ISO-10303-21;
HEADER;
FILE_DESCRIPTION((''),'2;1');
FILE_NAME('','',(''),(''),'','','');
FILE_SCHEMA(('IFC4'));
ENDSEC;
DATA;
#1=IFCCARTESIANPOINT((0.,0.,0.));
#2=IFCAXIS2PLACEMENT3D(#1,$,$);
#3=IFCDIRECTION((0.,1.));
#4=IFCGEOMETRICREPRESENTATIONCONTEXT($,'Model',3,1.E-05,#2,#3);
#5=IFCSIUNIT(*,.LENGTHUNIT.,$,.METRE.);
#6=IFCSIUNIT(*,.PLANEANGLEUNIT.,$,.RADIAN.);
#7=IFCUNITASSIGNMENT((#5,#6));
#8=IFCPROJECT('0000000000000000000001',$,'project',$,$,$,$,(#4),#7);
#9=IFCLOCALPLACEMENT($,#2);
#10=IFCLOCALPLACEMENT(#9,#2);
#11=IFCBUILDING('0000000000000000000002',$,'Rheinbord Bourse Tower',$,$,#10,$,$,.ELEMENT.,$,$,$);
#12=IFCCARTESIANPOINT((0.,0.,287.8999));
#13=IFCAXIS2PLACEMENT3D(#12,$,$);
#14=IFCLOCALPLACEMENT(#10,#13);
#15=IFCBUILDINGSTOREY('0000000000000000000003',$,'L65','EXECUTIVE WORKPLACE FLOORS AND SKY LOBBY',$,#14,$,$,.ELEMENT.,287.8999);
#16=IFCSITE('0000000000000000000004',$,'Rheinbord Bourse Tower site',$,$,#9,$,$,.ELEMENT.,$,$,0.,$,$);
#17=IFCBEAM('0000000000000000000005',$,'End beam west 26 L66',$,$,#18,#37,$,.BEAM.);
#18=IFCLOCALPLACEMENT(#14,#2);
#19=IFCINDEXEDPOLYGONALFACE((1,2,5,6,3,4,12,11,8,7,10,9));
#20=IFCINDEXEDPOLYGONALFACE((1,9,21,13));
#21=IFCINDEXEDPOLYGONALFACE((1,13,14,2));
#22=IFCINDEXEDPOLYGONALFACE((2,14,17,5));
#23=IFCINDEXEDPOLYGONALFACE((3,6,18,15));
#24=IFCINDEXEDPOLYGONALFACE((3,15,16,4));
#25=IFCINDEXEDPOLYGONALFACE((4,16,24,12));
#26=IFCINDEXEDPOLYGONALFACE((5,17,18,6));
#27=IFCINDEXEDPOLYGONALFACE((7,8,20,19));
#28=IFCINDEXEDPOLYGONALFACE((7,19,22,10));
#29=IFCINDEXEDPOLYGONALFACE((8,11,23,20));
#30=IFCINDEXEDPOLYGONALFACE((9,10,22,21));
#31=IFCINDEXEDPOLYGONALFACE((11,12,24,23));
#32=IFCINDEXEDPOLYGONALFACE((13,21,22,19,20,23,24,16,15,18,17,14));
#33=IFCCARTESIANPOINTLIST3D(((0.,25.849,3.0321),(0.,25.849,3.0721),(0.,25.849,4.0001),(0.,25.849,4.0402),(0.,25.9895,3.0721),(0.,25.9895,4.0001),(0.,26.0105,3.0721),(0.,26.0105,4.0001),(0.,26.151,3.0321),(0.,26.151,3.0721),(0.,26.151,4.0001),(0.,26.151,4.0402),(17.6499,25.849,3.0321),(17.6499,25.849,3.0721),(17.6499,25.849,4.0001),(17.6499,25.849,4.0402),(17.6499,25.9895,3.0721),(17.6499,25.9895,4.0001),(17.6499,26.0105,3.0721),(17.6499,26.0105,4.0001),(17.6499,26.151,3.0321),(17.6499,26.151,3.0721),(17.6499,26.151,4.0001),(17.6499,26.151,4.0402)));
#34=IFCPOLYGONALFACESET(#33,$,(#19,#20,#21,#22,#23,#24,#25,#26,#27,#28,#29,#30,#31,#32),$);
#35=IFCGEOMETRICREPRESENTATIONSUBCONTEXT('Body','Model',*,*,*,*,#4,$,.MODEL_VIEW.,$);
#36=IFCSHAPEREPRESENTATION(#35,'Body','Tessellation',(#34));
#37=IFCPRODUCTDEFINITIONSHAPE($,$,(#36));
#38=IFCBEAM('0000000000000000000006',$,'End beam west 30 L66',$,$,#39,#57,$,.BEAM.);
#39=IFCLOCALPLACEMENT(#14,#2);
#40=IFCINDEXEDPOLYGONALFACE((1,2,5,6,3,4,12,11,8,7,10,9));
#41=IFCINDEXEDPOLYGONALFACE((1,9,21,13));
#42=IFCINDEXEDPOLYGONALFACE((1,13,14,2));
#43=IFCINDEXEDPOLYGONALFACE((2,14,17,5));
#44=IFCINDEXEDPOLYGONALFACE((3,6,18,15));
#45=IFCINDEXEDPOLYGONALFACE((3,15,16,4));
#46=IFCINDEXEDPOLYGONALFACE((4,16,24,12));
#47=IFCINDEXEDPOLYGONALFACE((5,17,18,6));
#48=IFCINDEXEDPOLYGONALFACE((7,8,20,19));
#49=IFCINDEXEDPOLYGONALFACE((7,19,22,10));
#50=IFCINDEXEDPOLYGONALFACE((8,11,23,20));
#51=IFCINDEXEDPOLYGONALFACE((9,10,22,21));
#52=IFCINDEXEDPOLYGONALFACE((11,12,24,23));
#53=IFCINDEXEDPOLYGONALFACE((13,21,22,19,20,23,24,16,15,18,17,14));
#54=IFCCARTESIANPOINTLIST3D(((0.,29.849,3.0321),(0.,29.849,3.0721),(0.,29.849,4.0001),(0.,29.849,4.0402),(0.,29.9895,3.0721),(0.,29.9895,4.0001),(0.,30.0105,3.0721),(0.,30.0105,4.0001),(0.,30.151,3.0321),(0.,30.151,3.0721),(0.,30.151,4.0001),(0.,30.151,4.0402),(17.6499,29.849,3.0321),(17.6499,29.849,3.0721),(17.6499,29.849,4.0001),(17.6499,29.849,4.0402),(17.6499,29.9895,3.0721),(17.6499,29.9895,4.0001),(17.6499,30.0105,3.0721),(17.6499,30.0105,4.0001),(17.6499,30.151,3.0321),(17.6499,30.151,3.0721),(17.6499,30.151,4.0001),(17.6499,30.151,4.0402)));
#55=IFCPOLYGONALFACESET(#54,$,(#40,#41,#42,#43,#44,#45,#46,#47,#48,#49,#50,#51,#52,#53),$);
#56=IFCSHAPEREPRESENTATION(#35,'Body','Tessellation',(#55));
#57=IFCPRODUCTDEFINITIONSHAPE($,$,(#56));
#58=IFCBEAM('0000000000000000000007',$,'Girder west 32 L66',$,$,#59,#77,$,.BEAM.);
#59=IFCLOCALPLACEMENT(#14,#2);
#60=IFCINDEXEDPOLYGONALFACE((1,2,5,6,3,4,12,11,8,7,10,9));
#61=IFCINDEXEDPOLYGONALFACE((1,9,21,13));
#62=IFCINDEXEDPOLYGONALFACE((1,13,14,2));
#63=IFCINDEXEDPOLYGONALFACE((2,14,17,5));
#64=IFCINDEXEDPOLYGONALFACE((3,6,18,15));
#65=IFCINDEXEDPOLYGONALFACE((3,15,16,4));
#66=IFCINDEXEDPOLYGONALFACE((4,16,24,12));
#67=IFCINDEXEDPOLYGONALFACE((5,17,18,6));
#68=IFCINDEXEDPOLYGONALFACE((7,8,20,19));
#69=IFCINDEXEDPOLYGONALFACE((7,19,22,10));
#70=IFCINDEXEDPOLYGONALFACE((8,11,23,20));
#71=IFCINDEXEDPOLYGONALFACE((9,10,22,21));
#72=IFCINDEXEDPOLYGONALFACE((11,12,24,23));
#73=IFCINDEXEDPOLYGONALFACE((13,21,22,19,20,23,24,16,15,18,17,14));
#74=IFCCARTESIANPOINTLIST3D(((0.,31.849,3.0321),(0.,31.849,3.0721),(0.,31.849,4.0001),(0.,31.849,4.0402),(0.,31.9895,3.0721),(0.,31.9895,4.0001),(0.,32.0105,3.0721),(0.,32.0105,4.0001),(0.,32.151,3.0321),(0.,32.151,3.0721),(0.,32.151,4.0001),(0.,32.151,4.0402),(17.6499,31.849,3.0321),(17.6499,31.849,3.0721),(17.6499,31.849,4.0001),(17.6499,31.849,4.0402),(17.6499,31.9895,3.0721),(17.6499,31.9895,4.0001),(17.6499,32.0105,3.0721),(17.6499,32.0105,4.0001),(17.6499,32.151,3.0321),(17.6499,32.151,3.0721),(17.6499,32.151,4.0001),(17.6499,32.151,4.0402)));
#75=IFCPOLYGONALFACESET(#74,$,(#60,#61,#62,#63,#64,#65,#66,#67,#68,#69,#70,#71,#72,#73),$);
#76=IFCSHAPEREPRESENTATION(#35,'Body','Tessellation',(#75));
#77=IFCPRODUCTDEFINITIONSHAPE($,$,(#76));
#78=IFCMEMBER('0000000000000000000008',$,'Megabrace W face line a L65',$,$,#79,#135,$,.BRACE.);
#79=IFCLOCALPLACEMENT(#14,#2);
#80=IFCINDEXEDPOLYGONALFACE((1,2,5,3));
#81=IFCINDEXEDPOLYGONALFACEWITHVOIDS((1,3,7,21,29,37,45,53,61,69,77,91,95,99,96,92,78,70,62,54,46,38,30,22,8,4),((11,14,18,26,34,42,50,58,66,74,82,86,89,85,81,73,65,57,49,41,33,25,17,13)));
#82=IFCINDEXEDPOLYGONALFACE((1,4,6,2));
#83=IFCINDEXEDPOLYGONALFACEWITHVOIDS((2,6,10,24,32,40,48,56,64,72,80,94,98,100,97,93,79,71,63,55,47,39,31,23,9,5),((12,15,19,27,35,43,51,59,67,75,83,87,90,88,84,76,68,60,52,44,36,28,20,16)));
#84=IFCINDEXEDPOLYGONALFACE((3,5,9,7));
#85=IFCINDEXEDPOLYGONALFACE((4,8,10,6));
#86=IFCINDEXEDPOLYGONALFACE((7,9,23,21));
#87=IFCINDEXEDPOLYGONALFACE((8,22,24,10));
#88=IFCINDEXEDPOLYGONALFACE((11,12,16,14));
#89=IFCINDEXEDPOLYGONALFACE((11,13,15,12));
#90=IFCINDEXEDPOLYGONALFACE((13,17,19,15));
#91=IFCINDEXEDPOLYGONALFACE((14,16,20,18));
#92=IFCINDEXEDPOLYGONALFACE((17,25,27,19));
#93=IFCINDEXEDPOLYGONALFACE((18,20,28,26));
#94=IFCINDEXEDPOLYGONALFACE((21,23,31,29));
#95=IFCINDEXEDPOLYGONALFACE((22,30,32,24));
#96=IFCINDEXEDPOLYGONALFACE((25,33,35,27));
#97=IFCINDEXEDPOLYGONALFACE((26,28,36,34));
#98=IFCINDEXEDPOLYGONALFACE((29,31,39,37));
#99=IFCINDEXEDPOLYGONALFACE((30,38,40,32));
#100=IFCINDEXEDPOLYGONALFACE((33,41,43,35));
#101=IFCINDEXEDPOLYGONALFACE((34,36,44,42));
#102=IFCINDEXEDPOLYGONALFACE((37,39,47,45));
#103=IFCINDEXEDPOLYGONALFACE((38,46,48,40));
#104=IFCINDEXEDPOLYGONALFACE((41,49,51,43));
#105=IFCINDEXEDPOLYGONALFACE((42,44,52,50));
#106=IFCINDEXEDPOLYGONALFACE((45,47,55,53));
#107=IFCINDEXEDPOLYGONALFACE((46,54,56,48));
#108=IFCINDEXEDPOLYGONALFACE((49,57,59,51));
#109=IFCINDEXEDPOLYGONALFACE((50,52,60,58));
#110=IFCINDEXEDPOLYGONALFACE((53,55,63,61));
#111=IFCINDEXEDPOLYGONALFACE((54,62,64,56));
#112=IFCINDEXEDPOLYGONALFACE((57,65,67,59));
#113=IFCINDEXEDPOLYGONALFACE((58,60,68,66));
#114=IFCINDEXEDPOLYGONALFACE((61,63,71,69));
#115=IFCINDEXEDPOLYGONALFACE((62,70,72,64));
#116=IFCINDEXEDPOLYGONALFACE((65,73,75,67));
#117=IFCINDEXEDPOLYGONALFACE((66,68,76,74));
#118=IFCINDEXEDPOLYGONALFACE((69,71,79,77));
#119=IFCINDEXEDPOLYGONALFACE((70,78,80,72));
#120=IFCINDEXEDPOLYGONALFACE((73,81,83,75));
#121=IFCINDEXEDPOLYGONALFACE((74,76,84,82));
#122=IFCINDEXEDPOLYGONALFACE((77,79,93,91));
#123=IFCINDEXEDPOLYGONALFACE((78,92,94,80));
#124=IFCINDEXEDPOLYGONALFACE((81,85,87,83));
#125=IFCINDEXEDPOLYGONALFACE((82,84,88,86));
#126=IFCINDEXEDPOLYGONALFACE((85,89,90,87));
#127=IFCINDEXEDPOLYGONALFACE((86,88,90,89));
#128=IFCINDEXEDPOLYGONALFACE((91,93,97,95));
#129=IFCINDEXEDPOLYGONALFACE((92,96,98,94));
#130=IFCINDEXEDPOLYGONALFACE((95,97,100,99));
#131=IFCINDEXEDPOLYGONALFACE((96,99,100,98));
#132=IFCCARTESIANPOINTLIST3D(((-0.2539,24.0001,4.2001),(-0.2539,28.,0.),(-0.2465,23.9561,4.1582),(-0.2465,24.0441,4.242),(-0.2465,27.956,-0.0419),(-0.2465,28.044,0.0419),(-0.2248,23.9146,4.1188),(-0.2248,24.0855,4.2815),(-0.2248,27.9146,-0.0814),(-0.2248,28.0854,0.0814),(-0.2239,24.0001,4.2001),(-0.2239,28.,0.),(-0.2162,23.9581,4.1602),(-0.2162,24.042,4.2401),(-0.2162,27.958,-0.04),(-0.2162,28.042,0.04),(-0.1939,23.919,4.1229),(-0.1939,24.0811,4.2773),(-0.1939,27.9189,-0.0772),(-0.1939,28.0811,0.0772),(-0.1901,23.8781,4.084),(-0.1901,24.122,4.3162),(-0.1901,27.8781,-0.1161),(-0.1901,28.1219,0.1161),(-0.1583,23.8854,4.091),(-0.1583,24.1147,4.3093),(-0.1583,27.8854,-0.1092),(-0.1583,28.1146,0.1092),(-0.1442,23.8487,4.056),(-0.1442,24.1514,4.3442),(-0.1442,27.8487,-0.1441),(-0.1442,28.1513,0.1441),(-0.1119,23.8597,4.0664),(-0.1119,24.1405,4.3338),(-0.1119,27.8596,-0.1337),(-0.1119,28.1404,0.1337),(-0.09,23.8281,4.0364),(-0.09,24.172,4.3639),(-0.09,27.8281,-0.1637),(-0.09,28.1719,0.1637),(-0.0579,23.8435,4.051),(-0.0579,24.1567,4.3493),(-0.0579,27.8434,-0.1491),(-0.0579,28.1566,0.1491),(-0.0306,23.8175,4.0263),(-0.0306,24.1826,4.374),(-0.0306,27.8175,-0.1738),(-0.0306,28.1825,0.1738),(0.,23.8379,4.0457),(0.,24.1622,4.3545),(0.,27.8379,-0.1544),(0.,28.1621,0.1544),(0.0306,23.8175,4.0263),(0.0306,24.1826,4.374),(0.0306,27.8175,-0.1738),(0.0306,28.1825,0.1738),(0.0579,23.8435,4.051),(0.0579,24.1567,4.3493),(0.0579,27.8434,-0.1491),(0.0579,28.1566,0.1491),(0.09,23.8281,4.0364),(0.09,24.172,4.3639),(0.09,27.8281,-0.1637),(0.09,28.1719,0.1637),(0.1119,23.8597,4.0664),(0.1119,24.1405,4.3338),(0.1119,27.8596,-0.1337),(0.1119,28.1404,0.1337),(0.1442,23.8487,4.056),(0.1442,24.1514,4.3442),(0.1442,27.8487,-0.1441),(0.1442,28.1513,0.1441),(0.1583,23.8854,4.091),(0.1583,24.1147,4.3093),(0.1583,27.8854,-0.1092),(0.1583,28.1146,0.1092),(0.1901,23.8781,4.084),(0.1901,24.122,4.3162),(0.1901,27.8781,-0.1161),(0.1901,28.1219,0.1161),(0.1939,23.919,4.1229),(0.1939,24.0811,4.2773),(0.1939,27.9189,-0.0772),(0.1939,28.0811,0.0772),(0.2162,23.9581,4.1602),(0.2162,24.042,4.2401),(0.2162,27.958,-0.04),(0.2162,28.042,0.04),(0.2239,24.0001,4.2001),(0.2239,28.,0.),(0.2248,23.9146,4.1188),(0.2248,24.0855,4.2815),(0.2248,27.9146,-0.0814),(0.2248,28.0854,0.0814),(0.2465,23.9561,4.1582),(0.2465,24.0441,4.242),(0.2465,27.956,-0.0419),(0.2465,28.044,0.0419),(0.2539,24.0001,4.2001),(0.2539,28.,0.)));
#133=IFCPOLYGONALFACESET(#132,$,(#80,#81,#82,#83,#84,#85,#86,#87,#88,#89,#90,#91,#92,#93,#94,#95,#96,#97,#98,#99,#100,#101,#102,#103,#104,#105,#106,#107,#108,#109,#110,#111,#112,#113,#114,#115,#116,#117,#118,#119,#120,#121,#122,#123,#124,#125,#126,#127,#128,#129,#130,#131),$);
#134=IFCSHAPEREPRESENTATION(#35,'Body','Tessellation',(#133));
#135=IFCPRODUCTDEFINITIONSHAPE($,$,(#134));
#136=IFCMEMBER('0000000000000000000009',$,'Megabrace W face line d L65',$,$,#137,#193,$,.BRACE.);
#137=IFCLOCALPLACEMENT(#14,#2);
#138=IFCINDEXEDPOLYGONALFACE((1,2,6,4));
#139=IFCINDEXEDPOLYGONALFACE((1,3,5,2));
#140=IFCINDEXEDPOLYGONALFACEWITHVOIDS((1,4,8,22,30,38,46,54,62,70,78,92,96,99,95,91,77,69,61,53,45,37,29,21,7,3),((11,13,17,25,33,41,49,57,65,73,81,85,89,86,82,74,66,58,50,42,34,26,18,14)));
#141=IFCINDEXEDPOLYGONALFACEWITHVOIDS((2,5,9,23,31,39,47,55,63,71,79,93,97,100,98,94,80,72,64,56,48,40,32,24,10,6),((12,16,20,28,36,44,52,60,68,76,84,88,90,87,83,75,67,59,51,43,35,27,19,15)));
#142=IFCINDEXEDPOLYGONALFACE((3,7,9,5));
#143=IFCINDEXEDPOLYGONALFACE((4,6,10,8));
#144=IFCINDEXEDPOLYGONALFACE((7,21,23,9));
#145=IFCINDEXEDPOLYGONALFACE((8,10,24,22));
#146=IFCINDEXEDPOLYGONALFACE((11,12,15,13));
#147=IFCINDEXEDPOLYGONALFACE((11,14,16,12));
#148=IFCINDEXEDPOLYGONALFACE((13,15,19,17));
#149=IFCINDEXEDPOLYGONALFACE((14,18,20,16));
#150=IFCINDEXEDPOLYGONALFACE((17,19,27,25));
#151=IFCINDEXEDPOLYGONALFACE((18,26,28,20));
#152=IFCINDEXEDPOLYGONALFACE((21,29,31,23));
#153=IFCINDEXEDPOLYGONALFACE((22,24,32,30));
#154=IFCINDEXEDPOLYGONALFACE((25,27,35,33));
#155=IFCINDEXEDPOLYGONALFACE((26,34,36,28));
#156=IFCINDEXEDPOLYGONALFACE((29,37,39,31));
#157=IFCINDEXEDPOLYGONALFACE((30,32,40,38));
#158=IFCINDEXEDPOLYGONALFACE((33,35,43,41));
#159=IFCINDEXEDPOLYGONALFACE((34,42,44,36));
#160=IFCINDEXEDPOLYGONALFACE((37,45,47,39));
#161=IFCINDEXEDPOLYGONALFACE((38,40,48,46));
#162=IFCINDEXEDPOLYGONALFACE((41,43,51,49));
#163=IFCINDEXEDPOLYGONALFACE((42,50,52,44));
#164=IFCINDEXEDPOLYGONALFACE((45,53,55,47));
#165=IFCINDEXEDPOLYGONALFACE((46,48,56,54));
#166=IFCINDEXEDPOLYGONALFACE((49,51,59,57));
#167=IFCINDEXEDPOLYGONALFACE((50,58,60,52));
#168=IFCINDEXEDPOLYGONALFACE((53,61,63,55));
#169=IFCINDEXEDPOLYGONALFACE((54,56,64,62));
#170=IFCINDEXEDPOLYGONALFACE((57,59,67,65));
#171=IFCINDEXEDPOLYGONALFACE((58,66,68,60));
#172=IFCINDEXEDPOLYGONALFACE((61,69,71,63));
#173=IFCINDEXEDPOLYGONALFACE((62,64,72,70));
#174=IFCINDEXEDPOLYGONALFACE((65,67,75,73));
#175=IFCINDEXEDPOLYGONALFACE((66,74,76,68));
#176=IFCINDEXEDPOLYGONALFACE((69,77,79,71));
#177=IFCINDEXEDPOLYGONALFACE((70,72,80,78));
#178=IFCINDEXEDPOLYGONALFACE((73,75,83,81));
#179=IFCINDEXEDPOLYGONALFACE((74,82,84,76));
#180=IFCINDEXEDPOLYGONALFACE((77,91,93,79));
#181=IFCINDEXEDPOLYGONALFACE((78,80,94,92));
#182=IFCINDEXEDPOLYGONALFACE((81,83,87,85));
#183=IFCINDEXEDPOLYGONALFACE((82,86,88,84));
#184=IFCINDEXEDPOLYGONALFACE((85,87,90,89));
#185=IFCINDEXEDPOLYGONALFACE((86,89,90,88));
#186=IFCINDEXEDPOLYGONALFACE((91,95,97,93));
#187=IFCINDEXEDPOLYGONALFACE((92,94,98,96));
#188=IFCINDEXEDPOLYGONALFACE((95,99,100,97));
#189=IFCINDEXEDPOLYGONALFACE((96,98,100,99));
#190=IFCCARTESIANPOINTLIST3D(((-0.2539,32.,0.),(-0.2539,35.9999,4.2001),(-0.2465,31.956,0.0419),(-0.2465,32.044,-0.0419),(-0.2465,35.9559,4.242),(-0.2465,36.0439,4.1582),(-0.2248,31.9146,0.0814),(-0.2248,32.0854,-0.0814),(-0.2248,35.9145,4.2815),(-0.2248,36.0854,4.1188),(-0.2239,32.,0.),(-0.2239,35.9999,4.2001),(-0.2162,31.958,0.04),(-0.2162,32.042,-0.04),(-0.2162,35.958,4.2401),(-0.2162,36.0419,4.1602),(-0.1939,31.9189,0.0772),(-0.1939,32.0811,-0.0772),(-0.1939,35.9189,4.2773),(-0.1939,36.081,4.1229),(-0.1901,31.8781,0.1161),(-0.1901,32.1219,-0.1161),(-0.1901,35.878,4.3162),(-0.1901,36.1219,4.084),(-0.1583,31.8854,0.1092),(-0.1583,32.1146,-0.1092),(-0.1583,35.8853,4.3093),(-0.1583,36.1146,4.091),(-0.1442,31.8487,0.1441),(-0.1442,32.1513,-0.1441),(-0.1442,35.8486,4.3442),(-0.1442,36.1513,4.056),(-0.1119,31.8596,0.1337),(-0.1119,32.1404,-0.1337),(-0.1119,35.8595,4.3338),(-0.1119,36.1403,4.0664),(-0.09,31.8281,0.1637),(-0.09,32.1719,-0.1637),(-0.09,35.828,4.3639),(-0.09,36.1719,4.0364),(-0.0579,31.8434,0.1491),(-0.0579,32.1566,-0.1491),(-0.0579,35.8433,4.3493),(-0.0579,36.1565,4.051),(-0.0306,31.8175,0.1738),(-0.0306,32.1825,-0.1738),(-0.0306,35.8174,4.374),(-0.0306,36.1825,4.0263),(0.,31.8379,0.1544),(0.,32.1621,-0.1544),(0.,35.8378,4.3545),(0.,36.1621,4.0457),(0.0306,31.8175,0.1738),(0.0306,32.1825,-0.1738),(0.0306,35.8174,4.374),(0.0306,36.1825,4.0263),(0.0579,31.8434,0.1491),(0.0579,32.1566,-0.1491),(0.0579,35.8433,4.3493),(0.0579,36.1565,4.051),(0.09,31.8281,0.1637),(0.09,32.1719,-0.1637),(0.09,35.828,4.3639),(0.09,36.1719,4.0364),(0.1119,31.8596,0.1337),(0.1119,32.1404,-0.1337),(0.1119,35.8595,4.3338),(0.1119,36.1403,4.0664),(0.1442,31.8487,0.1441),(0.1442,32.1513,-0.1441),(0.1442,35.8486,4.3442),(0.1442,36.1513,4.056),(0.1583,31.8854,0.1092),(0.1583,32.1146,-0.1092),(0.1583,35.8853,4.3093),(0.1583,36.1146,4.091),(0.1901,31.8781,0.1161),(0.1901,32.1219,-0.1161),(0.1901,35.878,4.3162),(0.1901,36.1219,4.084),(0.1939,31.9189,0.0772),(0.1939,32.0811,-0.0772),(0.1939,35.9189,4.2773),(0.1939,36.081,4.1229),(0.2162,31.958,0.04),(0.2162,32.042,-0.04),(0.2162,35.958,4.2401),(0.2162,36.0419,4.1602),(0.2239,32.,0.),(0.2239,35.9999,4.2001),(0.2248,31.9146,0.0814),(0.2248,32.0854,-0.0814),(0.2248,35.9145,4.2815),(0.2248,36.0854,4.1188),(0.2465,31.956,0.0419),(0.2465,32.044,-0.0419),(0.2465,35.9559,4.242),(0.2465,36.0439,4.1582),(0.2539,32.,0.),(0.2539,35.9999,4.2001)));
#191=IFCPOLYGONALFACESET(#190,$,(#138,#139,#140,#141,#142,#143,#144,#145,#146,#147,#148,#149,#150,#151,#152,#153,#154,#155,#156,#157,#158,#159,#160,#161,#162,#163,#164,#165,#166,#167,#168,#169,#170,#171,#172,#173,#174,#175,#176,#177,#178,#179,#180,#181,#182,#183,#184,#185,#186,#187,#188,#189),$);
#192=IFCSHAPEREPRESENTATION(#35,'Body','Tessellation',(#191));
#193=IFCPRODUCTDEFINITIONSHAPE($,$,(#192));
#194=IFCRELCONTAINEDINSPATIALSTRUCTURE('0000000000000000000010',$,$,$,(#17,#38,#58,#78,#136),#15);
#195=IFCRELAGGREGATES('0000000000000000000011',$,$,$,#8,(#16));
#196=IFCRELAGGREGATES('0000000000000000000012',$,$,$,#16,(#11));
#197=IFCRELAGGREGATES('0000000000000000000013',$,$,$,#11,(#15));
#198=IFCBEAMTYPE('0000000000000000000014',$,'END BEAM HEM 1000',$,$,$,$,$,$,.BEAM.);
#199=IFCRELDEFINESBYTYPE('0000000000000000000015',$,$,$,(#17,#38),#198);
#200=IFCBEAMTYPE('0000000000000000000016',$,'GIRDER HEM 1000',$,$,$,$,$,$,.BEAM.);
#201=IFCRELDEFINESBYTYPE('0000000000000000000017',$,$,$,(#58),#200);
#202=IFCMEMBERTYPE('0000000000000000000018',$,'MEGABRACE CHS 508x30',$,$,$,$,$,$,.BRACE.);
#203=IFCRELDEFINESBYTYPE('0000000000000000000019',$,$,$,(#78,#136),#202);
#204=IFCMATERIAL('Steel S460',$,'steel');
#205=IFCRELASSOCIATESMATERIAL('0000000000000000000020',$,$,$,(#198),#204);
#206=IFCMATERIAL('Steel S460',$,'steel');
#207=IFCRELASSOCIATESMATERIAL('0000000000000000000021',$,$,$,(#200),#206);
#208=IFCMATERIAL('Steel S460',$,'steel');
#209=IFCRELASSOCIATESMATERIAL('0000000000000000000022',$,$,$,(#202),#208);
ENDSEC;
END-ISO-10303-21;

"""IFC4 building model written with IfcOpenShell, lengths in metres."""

from ifc_helpers import new_model, si_unit, direction, frame, origin, origin_2d, place, context, subcontext, project, spatial, hollow_circle, i_section, extrude, material, material_profile, profile_set, type_object, element, save


model = new_model("IFC4")

# Units and contexts
model_context = context("Model", 3, precision=1e-05, world=origin(), true_north=direction((0.0, 1.0)))
body_context = subcontext(model_context, "Body", "Model", "MODEL_VIEW")
ifc_project = project(units=[si_unit("LENGTHUNIT", "METRE"), si_unit("PLANEANGLEUNIT", "RADIAN")], contexts=[model_context])

# Site, building, storey
site_placement = place(None, origin())
site = spatial("IfcSite", under=ifc_project, at=site_placement, Name="Rheinbord Bourse Tower site", CompositionType="ELEMENT", RefElevation=0.0)
building_placement = place(site_placement, origin())
building = spatial("IfcBuilding", under=site, at=building_placement, Name="Rheinbord Bourse Tower", CompositionType="ELEMENT")
storey_placement = place(building_placement, frame((0.0, 0.0, 287.8999)))
storey = spatial("IfcBuildingStorey", under=building, at=storey_placement, Name="L65", Description="EXECUTIVE WORKPLACE FLOORS AND SKY LOBBY", CompositionType="ELEMENT", Elevation=287.8999)

# Beams
ifc_material_1 = material(Name="Steel S460", Category="steel")
ifc_material_profile_1 = material_profile(ifc_material_1, i_section(OverallWidth=0.302, OverallDepth=1.0081, WebThickness=0.021, FlangeThickness=0.04, at=origin_2d()), Name="HEM 1000")
ifc_profile_set_1 = profile_set([ifc_material_profile_1], Name="Steel S460")
beam_type_1 = type_object("IfcBeamType", Name="END BEAM HEM 1000", PredefinedType="BEAM", material=ifc_profile_set_1)
for number, where, z_axis, x_axis, name in (
    (1, (0.0, 26.0, 3.5361), (1.0, 0.0, 0.0), (0.0, 1.0, 0.0), "End beam west 26 L66"),
    (2, (0.0, 30.0, 3.5361), (1.0, 0.0, 0.0), (0.0, 1.0, 0.0), "End beam west 30 L66"),
):
    element("IfcBeam", number, at=place(storey_placement, frame(where, z_axis=z_axis, x_axis=x_axis)), inside=storey, type_object=beam_type_1, Name=name, PredefinedType="BEAM", context=body_context, shape_type="SweptSolid", body=[
        extrude(i_section(OverallWidth=0.302, OverallDepth=1.0081, WebThickness=0.021, FlangeThickness=0.04, at=origin_2d()), origin(), (0.0, 0.0, 1.0), 17.6499),
    ])
ifc_material_2 = material(Name="Steel S460", Category="steel")
ifc_material_profile_2 = material_profile(ifc_material_2, i_section(OverallWidth=0.302, OverallDepth=1.0081, WebThickness=0.021, FlangeThickness=0.04, at=origin_2d()), Name="HEM 1000")
ifc_profile_set_2 = profile_set([ifc_material_profile_2], Name="Steel S460")
beam_type_2 = type_object("IfcBeamType", Name="GIRDER HEM 1000", PredefinedType="BEAM", material=ifc_profile_set_2)
beam_placement = place(storey_placement, frame((0.0, 32.0, 3.5361), z_axis=(1.0, 0.0, 0.0), x_axis=(0.0, 1.0, 0.0)))
element("IfcBeam", 3, at=beam_placement, inside=storey, type_object=beam_type_2, Name="Girder west 32 L66", PredefinedType="BEAM", context=body_context, shape_type="SweptSolid", body=[
    extrude(i_section(OverallWidth=0.302, OverallDepth=1.0081, WebThickness=0.021, FlangeThickness=0.04, at=origin_2d()), origin(), (0.0, 0.0, 1.0), 17.6499),
])

# Members
ifc_material_3 = material(Name="Steel S460", Category="steel")
ifc_material_profile_3 = material_profile(ifc_material_3, hollow_circle(Radius=0.2539, WallThickness=0.03, at=origin_2d()), Name="CHS 508x30")
ifc_profile_set_3 = profile_set([ifc_material_profile_3], Name="Steel S460")
member_type_1 = type_object("IfcMemberType", Name="MEGABRACE CHS 508x30", PredefinedType="BRACE", material=ifc_profile_set_3)
for number, where, z_axis, x_axis, name in (
    (4, (0.0, 28.0, 0.0), (0.0, -0.689638, 0.724154), (1.0, 0.0, 0.0), "Megabrace W face line a L65"),
    (5, (0.0, 32.0, 0.0), (0.0, 0.689638, 0.724154), (-1.0, 0.0, 0.0), "Megabrace W face line d L65"),
):
    element("IfcMember", number, at=place(storey_placement, frame(where, z_axis=z_axis, x_axis=x_axis)), inside=storey, type_object=member_type_1, Name=name, PredefinedType="BRACE", context=body_context, shape_type="SweptSolid", body=[
        extrude(hollow_circle(Radius=0.2539, WallThickness=0.03, at=origin_2d()), origin(), (0.0, 0.0, 1.0), 5.8),
    ])

save(model, "model.ifc")
